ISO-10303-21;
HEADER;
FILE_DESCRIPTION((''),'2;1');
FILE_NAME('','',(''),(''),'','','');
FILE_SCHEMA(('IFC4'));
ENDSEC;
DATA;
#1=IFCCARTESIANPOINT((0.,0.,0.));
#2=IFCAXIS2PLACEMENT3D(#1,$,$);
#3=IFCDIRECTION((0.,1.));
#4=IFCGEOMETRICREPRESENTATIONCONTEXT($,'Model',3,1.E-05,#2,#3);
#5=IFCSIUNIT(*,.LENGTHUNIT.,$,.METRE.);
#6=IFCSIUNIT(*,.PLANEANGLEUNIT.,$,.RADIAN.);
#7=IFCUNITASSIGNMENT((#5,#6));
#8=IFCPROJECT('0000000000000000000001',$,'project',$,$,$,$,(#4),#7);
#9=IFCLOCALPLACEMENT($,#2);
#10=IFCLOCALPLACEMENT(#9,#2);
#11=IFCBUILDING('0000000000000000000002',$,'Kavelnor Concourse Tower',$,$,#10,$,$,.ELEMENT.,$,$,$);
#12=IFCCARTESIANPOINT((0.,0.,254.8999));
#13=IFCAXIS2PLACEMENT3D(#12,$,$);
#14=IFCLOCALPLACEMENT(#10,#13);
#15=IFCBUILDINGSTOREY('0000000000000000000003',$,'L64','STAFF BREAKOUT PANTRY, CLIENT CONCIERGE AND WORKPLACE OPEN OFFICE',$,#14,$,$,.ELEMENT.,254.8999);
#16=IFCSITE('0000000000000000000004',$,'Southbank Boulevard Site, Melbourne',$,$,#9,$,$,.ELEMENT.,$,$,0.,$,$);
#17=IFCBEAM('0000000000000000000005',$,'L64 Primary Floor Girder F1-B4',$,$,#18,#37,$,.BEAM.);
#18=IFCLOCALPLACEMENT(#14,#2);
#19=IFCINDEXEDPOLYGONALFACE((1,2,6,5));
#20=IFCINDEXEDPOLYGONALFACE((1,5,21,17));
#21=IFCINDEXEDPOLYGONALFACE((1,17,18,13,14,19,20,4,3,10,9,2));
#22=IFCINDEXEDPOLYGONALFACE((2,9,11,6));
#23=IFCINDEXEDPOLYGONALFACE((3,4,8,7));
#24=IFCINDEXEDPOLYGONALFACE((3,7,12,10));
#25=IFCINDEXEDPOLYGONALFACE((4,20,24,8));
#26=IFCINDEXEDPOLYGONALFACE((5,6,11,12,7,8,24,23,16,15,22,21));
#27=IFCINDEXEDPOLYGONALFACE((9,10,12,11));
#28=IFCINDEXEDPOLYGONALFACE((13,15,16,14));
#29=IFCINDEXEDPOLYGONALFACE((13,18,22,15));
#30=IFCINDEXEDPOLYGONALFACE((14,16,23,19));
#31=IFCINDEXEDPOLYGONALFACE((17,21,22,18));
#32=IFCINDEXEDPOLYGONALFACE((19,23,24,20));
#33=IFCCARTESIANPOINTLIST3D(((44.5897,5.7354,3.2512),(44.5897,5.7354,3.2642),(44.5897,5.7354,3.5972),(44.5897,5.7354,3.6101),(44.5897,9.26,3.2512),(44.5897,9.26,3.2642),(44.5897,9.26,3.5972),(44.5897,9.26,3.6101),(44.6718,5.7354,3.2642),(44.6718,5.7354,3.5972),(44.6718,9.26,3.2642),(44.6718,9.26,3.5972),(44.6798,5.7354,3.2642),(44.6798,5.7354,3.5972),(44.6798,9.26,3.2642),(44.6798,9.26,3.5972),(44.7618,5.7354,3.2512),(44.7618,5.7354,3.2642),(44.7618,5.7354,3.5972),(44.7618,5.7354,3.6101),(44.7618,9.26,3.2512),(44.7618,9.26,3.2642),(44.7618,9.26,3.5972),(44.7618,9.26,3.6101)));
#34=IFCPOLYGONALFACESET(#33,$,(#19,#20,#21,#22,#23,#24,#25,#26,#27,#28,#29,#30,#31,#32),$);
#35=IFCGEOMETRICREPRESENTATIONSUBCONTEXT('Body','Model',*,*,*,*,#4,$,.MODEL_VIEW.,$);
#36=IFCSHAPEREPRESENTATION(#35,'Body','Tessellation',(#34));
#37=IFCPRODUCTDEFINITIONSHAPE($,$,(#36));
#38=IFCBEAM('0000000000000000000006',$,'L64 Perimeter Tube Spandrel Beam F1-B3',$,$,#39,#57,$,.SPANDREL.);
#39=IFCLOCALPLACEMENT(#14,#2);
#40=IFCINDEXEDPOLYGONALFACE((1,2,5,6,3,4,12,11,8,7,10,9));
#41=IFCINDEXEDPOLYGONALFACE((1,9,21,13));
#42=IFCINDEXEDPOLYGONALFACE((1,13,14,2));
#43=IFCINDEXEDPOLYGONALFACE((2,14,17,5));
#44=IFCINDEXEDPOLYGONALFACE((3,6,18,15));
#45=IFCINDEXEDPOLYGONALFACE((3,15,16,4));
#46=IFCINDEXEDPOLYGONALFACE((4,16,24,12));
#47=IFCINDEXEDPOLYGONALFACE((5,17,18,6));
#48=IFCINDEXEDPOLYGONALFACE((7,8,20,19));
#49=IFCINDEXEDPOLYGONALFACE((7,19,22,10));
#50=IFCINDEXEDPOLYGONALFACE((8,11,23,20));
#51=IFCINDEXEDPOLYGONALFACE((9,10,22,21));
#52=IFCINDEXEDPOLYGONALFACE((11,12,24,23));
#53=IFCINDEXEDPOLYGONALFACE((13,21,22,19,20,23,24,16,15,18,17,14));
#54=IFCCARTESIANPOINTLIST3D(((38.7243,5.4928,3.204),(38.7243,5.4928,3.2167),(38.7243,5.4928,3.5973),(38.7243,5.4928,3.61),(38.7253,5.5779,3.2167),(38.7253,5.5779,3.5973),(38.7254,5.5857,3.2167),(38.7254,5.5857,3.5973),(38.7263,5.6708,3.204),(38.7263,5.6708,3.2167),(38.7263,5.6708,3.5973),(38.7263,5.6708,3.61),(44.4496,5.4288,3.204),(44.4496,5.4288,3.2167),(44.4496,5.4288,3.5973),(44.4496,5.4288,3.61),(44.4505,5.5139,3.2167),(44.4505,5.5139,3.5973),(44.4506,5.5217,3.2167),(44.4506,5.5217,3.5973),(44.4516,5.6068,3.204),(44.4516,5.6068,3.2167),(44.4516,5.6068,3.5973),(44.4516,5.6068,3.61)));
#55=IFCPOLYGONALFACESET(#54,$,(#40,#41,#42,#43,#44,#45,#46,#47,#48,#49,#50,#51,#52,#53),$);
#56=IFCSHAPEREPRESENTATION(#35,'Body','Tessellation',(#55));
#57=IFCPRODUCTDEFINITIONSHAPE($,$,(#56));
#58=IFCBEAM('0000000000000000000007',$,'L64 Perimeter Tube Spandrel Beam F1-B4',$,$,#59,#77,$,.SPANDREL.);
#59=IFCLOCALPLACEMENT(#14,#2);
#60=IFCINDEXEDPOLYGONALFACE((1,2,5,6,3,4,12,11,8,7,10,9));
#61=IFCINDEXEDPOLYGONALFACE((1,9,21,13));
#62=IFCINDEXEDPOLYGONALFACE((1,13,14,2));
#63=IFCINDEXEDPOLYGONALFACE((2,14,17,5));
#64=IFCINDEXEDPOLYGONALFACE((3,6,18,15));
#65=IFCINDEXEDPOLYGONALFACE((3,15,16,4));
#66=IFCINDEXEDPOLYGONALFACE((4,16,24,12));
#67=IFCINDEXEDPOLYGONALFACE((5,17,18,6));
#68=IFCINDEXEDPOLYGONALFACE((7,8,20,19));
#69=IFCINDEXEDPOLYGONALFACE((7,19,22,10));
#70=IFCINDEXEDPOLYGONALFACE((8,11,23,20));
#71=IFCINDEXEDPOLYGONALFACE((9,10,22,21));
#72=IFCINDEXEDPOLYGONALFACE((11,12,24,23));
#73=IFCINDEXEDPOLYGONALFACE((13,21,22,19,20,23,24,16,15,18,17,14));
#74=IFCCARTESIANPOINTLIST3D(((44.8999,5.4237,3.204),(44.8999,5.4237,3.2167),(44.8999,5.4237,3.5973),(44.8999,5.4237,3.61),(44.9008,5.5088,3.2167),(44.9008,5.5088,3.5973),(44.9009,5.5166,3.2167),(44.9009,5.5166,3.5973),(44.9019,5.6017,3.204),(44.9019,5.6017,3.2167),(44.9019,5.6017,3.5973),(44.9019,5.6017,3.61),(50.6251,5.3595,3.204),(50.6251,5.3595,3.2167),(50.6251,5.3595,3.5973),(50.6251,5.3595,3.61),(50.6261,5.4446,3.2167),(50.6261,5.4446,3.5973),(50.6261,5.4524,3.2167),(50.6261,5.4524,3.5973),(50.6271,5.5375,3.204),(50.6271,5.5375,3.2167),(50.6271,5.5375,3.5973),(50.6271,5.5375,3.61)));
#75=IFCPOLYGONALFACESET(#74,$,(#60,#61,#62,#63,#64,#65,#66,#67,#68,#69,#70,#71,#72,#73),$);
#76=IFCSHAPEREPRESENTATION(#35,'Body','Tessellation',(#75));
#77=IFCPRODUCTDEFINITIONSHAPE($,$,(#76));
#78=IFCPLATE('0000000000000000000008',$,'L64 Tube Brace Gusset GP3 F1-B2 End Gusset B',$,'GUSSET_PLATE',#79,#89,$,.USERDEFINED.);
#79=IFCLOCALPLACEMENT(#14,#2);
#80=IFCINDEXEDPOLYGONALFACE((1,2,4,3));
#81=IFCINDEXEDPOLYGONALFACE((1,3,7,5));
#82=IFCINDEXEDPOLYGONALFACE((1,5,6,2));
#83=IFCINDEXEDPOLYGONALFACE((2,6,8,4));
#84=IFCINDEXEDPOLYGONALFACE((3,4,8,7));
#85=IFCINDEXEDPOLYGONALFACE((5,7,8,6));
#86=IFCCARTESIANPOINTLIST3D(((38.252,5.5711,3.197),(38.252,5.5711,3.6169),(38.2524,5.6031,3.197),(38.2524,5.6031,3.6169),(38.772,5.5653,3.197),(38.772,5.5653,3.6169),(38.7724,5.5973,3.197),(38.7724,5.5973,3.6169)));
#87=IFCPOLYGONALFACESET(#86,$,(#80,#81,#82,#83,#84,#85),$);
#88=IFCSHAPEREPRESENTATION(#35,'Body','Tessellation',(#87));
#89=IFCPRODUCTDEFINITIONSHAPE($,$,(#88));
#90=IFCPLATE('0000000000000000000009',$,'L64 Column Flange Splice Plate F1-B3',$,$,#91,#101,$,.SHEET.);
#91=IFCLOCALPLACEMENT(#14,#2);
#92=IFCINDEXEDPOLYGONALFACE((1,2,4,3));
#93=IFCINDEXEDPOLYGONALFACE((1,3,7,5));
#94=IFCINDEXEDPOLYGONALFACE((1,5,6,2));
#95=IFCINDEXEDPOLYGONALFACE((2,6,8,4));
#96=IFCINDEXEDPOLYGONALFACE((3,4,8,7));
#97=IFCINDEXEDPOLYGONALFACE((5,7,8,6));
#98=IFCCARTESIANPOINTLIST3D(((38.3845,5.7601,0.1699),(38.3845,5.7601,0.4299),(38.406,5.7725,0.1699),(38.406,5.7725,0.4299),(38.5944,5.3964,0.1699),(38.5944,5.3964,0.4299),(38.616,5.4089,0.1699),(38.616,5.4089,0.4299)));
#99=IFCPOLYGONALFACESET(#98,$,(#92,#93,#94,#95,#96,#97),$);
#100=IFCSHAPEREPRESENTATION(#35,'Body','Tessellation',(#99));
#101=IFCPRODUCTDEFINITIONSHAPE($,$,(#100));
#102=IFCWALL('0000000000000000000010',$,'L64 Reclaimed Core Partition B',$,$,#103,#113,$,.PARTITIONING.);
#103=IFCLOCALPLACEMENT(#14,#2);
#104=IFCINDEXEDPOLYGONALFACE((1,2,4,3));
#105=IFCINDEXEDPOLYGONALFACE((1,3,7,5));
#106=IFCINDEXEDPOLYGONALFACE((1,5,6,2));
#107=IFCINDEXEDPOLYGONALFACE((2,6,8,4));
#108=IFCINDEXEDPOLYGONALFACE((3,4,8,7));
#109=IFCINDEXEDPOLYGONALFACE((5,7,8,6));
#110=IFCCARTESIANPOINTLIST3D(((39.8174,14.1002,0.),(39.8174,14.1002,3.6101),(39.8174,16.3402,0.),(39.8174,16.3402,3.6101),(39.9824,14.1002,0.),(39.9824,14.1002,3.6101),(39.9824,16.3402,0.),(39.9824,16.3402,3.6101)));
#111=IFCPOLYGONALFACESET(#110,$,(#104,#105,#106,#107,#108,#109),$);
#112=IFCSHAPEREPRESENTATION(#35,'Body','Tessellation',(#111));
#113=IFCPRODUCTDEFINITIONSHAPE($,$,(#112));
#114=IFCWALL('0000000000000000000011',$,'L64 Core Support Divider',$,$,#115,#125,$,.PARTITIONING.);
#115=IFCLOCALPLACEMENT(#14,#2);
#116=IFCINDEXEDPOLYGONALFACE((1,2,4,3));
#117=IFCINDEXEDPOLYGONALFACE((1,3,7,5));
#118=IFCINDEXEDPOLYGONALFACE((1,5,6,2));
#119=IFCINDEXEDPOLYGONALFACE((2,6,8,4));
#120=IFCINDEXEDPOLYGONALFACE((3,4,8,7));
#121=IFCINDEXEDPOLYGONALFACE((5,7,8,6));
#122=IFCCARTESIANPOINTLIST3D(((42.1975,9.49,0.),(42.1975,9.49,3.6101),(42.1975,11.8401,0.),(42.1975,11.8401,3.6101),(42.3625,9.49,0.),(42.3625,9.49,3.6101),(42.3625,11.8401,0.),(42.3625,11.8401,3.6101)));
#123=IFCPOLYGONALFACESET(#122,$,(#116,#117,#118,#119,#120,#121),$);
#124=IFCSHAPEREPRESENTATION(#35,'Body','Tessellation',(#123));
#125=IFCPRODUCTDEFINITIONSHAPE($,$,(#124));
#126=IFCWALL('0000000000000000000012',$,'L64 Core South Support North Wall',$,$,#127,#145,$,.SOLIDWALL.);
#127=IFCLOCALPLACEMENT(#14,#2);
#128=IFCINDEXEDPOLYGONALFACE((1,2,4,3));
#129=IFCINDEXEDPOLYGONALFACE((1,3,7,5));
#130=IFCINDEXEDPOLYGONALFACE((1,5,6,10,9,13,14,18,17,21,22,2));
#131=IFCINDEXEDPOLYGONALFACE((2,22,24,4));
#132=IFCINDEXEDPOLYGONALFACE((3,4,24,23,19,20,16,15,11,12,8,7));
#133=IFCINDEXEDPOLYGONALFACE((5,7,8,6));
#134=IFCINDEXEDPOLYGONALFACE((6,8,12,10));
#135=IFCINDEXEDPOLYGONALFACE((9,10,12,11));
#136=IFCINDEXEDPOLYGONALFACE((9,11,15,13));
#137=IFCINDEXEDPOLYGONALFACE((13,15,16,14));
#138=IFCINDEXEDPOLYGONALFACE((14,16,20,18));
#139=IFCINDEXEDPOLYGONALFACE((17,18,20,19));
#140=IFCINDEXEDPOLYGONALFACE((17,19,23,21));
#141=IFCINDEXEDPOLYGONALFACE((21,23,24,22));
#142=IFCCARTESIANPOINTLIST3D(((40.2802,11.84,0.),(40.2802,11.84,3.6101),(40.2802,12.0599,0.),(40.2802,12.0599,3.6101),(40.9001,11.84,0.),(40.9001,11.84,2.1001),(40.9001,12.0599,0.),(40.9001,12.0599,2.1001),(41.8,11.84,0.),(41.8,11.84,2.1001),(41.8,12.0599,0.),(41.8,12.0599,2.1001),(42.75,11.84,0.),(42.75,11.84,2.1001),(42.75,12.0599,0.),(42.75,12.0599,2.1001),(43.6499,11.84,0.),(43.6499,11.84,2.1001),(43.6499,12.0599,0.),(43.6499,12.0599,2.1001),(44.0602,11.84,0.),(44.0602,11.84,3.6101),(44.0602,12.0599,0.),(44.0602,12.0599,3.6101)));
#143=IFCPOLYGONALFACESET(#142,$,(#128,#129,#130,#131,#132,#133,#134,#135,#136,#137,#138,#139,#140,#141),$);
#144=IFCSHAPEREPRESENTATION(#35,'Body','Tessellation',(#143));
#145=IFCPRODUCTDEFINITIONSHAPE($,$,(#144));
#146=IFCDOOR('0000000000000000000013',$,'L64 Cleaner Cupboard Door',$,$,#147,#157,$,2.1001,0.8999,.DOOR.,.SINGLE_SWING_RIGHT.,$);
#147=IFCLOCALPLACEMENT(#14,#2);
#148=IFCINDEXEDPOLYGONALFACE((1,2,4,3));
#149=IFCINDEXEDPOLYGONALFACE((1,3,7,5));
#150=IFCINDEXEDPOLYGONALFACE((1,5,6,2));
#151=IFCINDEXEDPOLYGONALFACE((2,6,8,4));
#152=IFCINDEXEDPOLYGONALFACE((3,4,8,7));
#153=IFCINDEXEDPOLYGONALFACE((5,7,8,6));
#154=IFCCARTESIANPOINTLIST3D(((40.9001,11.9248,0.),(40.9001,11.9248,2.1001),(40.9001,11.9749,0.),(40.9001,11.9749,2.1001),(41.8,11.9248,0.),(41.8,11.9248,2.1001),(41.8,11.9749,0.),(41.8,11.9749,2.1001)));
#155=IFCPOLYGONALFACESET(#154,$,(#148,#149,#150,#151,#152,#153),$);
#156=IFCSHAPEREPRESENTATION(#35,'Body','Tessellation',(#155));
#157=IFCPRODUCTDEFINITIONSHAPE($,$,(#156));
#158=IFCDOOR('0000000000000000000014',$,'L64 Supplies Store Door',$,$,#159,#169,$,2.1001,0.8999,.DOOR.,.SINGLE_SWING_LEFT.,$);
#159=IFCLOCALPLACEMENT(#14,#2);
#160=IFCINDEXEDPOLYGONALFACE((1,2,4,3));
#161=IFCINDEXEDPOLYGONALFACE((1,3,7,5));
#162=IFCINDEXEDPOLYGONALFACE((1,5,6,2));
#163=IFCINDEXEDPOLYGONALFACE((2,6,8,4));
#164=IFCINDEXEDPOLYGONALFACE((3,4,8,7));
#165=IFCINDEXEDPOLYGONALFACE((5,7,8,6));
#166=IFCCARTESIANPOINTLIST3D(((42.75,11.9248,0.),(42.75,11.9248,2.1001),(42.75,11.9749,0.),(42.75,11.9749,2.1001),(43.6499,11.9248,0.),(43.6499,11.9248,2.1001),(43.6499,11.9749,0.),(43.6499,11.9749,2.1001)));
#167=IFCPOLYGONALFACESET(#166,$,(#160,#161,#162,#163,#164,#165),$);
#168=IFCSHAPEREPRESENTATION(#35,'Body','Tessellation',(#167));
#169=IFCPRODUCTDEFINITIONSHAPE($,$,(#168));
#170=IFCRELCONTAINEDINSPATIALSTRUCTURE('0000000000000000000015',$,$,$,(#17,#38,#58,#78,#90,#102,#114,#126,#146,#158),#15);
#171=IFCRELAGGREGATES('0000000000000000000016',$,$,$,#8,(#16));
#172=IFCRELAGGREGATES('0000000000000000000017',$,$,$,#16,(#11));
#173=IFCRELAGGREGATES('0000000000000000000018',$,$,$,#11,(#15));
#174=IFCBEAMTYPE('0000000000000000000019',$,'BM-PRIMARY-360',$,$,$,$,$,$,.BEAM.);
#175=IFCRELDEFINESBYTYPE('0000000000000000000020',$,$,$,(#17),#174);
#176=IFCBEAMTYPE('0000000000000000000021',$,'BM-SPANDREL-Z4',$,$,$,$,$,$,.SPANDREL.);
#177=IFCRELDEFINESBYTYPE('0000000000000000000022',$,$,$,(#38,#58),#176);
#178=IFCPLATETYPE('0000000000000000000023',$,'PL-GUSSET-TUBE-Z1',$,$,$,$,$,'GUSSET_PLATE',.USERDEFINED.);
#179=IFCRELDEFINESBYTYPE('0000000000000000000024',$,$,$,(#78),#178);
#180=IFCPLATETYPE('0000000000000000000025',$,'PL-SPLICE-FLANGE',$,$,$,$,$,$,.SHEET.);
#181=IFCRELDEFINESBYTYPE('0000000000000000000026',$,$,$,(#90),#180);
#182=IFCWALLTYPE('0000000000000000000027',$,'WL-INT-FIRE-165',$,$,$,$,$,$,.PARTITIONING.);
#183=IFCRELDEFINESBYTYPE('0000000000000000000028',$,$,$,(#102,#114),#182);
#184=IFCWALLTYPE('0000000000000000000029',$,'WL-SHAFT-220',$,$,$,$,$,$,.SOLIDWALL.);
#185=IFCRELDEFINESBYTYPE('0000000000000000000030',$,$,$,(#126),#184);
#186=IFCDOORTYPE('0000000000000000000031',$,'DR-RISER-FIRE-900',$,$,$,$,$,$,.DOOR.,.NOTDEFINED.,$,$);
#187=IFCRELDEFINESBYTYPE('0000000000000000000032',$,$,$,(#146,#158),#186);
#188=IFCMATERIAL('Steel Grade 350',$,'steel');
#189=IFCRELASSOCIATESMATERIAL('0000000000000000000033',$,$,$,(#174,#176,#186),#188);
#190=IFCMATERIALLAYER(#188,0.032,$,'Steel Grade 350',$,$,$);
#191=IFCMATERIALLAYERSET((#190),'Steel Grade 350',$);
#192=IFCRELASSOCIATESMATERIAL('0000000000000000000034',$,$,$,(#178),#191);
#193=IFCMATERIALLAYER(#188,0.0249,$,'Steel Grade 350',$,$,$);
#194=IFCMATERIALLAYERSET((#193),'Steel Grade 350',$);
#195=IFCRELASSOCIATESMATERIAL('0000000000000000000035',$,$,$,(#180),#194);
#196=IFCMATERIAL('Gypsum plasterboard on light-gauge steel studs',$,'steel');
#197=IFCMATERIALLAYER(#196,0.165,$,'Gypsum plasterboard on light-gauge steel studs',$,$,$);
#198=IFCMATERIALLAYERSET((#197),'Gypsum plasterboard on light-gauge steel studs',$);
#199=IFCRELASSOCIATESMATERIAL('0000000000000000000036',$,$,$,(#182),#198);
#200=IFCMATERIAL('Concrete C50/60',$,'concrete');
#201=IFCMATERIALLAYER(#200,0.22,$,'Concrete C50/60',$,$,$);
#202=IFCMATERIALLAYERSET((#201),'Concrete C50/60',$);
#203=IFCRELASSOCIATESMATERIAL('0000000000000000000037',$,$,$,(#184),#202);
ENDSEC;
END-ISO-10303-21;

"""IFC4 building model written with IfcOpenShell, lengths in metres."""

from ifc_helpers import new_model, si_unit, direction, frame, frame_2d, origin, origin_2d, place, context, subcontext, project, spatial, rectangle, i_section, extrude, material, layer, layer_set, material_profile, profile_set, type_object, element, fill, save


model = new_model("IFC4")

# Units and contexts
model_context = context("Model", 3, precision=1e-05, world=origin(), true_north=direction((0.0, 1.0)))
body_context = subcontext(model_context, "Body", "Model", "MODEL_VIEW")
ifc_project = project(units=[si_unit("LENGTHUNIT", "METRE"), si_unit("PLANEANGLEUNIT", "RADIAN")], contexts=[model_context])

# Site, building, storey
site_placement = place(None, origin())
site = spatial("IfcSite", under=ifc_project, at=site_placement, Name="Southbank Boulevard Site, Melbourne", CompositionType="ELEMENT", RefElevation=0.0)
building_placement = place(site_placement, origin())
building = spatial("IfcBuilding", under=site, at=building_placement, Name="Kavelnor Concourse Tower", CompositionType="ELEMENT")
storey_placement = place(building_placement, frame((0.0, 0.0, 254.8999)))
storey = spatial("IfcBuildingStorey", under=building, at=storey_placement, Name="L64", Description="STAFF BREAKOUT PANTRY, CLIENT CONCIERGE AND WORKPLACE OPEN OFFICE", CompositionType="ELEMENT", Elevation=254.8999)

# Shared definitions
ifc_material_1 = material(Name="Steel Grade 350", Category="steel")

# Beams
ifc_material_profile_1 = material_profile(ifc_material_1, i_section(OverallWidth=0.1721, OverallDepth=0.3589, WebThickness=0.0081, FlangeThickness=0.0129, at=origin_2d()), Name="360UB56")
ifc_profile_set_1 = profile_set([ifc_material_profile_1], Name="Steel Grade 350")
beam_type_1 = type_object("IfcBeamType", Name="BM-PRIMARY-360", PredefinedType="BEAM", material=ifc_profile_set_1)
beam_1_placement = place(storey_placement, frame((44.6758, 9.26, 3.4307), z_axis=(0.0, -1.0, 0.0), x_axis=(1.0, 0.0, 0.0)))
element("IfcBeam", 1, at=beam_1_placement, inside=storey, type_object=beam_type_1, Name="L64 Primary Floor Girder F1-B4", PredefinedType="BEAM", context=body_context, shape_type="SweptSolid", body=[
    extrude(i_section(OverallWidth=0.1721, OverallDepth=0.3589, WebThickness=0.0081, FlangeThickness=0.0129, at=origin_2d()), origin(), (0.0, 0.0, 1.0), 3.5247),
])
ifc_material_profile_2 = material_profile(ifc_material_1, i_section(OverallWidth=0.178, OverallDepth=0.406, WebThickness=0.0078, FlangeThickness=0.0127, at=origin_2d()), Name="410UB59")
ifc_profile_set_2 = profile_set([ifc_material_profile_2], Name="Steel Grade 350")
beam_type_2 = type_object("IfcBeamType", Name="BM-SPANDREL-Z4", PredefinedType="SPANDREL", material=ifc_profile_set_2)
for number, where, z_axis, x_axis, name in (
    (2, (38.7253, 5.5818, 3.407), (0.999938, -0.011172, 0.0), (0.011172, 0.999938, 0.0), "L64 Perimeter Tube Spandrel Beam F1-B3"),
    (3, (44.9009, 5.5127, 3.407), (0.999937, -0.011214, 0.0), (0.011214, 0.999937, 0.0), "L64 Perimeter Tube Spandrel Beam F1-B4"),
):
    element("IfcBeam", number, at=place(storey_placement, frame(where, z_axis=z_axis, x_axis=x_axis)), inside=storey, type_object=beam_type_2, Name=name, PredefinedType="SPANDREL", context=body_context, shape_type="SweptSolid", body=[
        extrude(i_section(OverallWidth=0.178, OverallDepth=0.406, WebThickness=0.0078, FlangeThickness=0.0127, at=origin_2d()), origin(), (0.0, 0.0, 1.0), 5.7256),
    ])

# Plates
ifc_layer_1 = layer(ifc_material_1, 0.032, Name="Steel Grade 350")
ifc_layer_set_1 = layer_set([ifc_layer_1], Name="Steel Grade 350")
plate_type_1 = type_object("IfcPlateType", Name="PL-GUSSET-TUBE-Z1", ElementType="GUSSET_PLATE", PredefinedType="USERDEFINED", material=ifc_layer_set_1)
plate_1_placement = place(storey_placement, frame((38.5122, 5.5842, 3.197), z_axis=(0.0, 0.0, 1.0), x_axis=(0.999938, -0.01117, 0.0)))
element("IfcPlate", 4, at=plate_1_placement, inside=storey, type_object=plate_type_1, Name="L64 Tube Brace Gusset GP3 F1-B2 End Gusset B", ObjectType="GUSSET_PLATE", PredefinedType="USERDEFINED", context=body_context, shape_type="SweptSolid", body=[
    extrude(rectangle(XDim=0.52, YDim=0.032, at=origin_2d()), origin(), (0.0, 0.0, 1.0), 0.4199),
])
ifc_layer_2 = layer(ifc_material_1, 0.0249, Name="Steel Grade 350")
ifc_layer_set_2 = layer_set([ifc_layer_2], Name="Steel Grade 350")
plate_type_2 = type_object("IfcPlateType", Name="PL-SPLICE-FLANGE", PredefinedType="SHEET", material=ifc_layer_set_2)
plate_2_placement = place(storey_placement, frame((38.5002, 5.5845, 0.1699), z_axis=(0.0, 0.0, 1.0), x_axis=(-0.5, 0.866025, 0.0)))
element("IfcPlate", 5, at=plate_2_placement, inside=storey, type_object=plate_type_2, Name="L64 Column Flange Splice Plate F1-B3", PredefinedType="SHEET", context=body_context, shape_type="SweptSolid", body=[
    extrude(rectangle(XDim=0.4199, YDim=0.0249, at=origin_2d()), origin(), (0.0, 0.0, 1.0), 0.26),
])

# Walls
ifc_material_2 = material(Name="Gypsum plasterboard on light-gauge steel studs", Category="steel")
ifc_layer_3 = layer(ifc_material_2, 0.165, Name="Gypsum plasterboard on light-gauge steel studs")
ifc_layer_set_3 = layer_set([ifc_layer_3], Name="Gypsum plasterboard on light-gauge steel studs")
wall_type_1 = type_object("IfcWallType", Name="WL-INT-FIRE-165", PredefinedType="PARTITIONING", material=ifc_layer_set_3)
wall_1_placement = place(storey_placement, frame((39.8999, 14.1001, 0.0), z_axis=(0.0, 0.0, 1.0), x_axis=(0.0, 1.0, 0.0)))
element("IfcWall", 6, at=wall_1_placement, inside=storey, type_object=wall_type_1, Name="L64 Reclaimed Core Partition B", PredefinedType="PARTITIONING", context=body_context, shape_type="SweptSolid", body=[
    extrude(rectangle(XDim=2.24, YDim=0.165, at=frame_2d((1.1201, 0.0))), origin(), (0.0, 0.0, 1.0), 3.6101),
])
wall_2_placement = place(storey_placement, frame((42.28, 9.49, 0.0), z_axis=(0.0, 0.0, 1.0), x_axis=(0.0, 1.0, 0.0)))
element("IfcWall", 7, at=wall_2_placement, inside=storey, type_object=wall_type_1, Name="L64 Core Support Divider", PredefinedType="PARTITIONING", context=body_context, shape_type="SweptSolid", body=[
    extrude(rectangle(XDim=2.3501, YDim=0.165, at=frame_2d((1.175, 0.0))), origin(), (0.0, 0.0, 1.0), 3.6101),
])

# Wall, openings, doors
ifc_material_3 = material(Name="Concrete C50/60", Category="concrete")
ifc_layer_4 = layer(ifc_material_3, 0.22, Name="Concrete C50/60")
ifc_layer_set_4 = layer_set([ifc_layer_4], Name="Concrete C50/60")
wall_type_2 = type_object("IfcWallType", Name="WL-SHAFT-220", PredefinedType="SOLIDWALL", material=ifc_layer_set_4)
wall_3_placement = place(storey_placement, frame((40.28, 11.95, 0.0), z_axis=(0.0, 0.0, 1.0), x_axis=(1.0, 0.0, 0.0)))
wall_3 = element("IfcWall", 8, at=wall_3_placement, inside=storey, type_object=wall_type_2, Name="L64 Core South Support North Wall", PredefinedType="SOLIDWALL", context=body_context, shape_type="SweptSolid", body=[
    extrude(rectangle(XDim=3.78, YDim=0.22, at=frame_2d((1.8901, 0.0))), origin(), (0.0, 0.0, 1.0), 3.6101),
])
opening_1_placement = place(wall_3_placement, frame((0.6201, 0.0, 0.0)))
opening_1 = element("IfcOpeningElement", 9, at=opening_1_placement, cuts=wall_3, PredefinedType="OPENING", context=body_context, shape_type="SweptSolid", body=[
    extrude(rectangle(XDim=0.8999, YDim=2.1001, at=frame_2d((0.45, 1.05))), frame((0.0, 0.1201, 0.0), z_axis=(0.0, -1.0, 0.0), x_axis=(1.0, 0.0, 0.0)), (0.0, 0.0, 1.0), 0.24),
])
opening_2_placement = place(wall_3_placement, frame((2.47, 0.0, 0.0)))
opening_2 = element("IfcOpeningElement", 10, at=opening_2_placement, cuts=wall_3, PredefinedType="OPENING", context=body_context, shape_type="SweptSolid", body=[
    extrude(rectangle(XDim=0.8999, YDim=2.1001, at=frame_2d((0.45, 1.05))), frame((0.0, 0.1201, 0.0), z_axis=(0.0, -1.0, 0.0), x_axis=(1.0, 0.0, 0.0)), (0.0, 0.0, 1.0), 0.24),
])
door_type_1 = type_object("IfcDoorType", Name="DR-RISER-FIRE-900", OperationType="NOTDEFINED", PredefinedType="DOOR", material=ifc_material_1)
door_1_placement = place(opening_1_placement, origin())
door_1 = element("IfcDoor", 11, at=door_1_placement, inside=storey, type_object=door_type_1, Name="L64 Cleaner Cupboard Door", OperationType="SINGLE_SWING_RIGHT", OverallHeight=2.1001, OverallWidth=0.8999, PredefinedType="DOOR", context=body_context, shape_type="SweptSolid", body=[
    extrude(rectangle(XDim=0.8999, YDim=2.1001, at=frame_2d((0.45, 1.05))), frame((0.0, 0.0249, 0.0), z_axis=(0.0, -1.0, 0.0), x_axis=(1.0, 0.0, 0.0)), (0.0, 0.0, 1.0), 0.05),
])
fill(opening_1, door_1)
door_2_placement = place(opening_2_placement, origin())
door_2 = element("IfcDoor", 12, at=door_2_placement, inside=storey, type_object=door_type_1, Name="L64 Supplies Store Door", OperationType="SINGLE_SWING_LEFT", OverallHeight=2.1001, OverallWidth=0.8999, PredefinedType="DOOR", context=body_context, shape_type="SweptSolid", body=[
    extrude(rectangle(XDim=0.8999, YDim=2.1001, at=frame_2d((0.45, 1.05))), frame((0.0, 0.0249, 0.0), z_axis=(0.0, -1.0, 0.0), x_axis=(1.0, 0.0, 0.0)), (0.0, 0.0, 1.0), 0.05),
])
fill(opening_2, door_2)

save(model, "model.ifc")
